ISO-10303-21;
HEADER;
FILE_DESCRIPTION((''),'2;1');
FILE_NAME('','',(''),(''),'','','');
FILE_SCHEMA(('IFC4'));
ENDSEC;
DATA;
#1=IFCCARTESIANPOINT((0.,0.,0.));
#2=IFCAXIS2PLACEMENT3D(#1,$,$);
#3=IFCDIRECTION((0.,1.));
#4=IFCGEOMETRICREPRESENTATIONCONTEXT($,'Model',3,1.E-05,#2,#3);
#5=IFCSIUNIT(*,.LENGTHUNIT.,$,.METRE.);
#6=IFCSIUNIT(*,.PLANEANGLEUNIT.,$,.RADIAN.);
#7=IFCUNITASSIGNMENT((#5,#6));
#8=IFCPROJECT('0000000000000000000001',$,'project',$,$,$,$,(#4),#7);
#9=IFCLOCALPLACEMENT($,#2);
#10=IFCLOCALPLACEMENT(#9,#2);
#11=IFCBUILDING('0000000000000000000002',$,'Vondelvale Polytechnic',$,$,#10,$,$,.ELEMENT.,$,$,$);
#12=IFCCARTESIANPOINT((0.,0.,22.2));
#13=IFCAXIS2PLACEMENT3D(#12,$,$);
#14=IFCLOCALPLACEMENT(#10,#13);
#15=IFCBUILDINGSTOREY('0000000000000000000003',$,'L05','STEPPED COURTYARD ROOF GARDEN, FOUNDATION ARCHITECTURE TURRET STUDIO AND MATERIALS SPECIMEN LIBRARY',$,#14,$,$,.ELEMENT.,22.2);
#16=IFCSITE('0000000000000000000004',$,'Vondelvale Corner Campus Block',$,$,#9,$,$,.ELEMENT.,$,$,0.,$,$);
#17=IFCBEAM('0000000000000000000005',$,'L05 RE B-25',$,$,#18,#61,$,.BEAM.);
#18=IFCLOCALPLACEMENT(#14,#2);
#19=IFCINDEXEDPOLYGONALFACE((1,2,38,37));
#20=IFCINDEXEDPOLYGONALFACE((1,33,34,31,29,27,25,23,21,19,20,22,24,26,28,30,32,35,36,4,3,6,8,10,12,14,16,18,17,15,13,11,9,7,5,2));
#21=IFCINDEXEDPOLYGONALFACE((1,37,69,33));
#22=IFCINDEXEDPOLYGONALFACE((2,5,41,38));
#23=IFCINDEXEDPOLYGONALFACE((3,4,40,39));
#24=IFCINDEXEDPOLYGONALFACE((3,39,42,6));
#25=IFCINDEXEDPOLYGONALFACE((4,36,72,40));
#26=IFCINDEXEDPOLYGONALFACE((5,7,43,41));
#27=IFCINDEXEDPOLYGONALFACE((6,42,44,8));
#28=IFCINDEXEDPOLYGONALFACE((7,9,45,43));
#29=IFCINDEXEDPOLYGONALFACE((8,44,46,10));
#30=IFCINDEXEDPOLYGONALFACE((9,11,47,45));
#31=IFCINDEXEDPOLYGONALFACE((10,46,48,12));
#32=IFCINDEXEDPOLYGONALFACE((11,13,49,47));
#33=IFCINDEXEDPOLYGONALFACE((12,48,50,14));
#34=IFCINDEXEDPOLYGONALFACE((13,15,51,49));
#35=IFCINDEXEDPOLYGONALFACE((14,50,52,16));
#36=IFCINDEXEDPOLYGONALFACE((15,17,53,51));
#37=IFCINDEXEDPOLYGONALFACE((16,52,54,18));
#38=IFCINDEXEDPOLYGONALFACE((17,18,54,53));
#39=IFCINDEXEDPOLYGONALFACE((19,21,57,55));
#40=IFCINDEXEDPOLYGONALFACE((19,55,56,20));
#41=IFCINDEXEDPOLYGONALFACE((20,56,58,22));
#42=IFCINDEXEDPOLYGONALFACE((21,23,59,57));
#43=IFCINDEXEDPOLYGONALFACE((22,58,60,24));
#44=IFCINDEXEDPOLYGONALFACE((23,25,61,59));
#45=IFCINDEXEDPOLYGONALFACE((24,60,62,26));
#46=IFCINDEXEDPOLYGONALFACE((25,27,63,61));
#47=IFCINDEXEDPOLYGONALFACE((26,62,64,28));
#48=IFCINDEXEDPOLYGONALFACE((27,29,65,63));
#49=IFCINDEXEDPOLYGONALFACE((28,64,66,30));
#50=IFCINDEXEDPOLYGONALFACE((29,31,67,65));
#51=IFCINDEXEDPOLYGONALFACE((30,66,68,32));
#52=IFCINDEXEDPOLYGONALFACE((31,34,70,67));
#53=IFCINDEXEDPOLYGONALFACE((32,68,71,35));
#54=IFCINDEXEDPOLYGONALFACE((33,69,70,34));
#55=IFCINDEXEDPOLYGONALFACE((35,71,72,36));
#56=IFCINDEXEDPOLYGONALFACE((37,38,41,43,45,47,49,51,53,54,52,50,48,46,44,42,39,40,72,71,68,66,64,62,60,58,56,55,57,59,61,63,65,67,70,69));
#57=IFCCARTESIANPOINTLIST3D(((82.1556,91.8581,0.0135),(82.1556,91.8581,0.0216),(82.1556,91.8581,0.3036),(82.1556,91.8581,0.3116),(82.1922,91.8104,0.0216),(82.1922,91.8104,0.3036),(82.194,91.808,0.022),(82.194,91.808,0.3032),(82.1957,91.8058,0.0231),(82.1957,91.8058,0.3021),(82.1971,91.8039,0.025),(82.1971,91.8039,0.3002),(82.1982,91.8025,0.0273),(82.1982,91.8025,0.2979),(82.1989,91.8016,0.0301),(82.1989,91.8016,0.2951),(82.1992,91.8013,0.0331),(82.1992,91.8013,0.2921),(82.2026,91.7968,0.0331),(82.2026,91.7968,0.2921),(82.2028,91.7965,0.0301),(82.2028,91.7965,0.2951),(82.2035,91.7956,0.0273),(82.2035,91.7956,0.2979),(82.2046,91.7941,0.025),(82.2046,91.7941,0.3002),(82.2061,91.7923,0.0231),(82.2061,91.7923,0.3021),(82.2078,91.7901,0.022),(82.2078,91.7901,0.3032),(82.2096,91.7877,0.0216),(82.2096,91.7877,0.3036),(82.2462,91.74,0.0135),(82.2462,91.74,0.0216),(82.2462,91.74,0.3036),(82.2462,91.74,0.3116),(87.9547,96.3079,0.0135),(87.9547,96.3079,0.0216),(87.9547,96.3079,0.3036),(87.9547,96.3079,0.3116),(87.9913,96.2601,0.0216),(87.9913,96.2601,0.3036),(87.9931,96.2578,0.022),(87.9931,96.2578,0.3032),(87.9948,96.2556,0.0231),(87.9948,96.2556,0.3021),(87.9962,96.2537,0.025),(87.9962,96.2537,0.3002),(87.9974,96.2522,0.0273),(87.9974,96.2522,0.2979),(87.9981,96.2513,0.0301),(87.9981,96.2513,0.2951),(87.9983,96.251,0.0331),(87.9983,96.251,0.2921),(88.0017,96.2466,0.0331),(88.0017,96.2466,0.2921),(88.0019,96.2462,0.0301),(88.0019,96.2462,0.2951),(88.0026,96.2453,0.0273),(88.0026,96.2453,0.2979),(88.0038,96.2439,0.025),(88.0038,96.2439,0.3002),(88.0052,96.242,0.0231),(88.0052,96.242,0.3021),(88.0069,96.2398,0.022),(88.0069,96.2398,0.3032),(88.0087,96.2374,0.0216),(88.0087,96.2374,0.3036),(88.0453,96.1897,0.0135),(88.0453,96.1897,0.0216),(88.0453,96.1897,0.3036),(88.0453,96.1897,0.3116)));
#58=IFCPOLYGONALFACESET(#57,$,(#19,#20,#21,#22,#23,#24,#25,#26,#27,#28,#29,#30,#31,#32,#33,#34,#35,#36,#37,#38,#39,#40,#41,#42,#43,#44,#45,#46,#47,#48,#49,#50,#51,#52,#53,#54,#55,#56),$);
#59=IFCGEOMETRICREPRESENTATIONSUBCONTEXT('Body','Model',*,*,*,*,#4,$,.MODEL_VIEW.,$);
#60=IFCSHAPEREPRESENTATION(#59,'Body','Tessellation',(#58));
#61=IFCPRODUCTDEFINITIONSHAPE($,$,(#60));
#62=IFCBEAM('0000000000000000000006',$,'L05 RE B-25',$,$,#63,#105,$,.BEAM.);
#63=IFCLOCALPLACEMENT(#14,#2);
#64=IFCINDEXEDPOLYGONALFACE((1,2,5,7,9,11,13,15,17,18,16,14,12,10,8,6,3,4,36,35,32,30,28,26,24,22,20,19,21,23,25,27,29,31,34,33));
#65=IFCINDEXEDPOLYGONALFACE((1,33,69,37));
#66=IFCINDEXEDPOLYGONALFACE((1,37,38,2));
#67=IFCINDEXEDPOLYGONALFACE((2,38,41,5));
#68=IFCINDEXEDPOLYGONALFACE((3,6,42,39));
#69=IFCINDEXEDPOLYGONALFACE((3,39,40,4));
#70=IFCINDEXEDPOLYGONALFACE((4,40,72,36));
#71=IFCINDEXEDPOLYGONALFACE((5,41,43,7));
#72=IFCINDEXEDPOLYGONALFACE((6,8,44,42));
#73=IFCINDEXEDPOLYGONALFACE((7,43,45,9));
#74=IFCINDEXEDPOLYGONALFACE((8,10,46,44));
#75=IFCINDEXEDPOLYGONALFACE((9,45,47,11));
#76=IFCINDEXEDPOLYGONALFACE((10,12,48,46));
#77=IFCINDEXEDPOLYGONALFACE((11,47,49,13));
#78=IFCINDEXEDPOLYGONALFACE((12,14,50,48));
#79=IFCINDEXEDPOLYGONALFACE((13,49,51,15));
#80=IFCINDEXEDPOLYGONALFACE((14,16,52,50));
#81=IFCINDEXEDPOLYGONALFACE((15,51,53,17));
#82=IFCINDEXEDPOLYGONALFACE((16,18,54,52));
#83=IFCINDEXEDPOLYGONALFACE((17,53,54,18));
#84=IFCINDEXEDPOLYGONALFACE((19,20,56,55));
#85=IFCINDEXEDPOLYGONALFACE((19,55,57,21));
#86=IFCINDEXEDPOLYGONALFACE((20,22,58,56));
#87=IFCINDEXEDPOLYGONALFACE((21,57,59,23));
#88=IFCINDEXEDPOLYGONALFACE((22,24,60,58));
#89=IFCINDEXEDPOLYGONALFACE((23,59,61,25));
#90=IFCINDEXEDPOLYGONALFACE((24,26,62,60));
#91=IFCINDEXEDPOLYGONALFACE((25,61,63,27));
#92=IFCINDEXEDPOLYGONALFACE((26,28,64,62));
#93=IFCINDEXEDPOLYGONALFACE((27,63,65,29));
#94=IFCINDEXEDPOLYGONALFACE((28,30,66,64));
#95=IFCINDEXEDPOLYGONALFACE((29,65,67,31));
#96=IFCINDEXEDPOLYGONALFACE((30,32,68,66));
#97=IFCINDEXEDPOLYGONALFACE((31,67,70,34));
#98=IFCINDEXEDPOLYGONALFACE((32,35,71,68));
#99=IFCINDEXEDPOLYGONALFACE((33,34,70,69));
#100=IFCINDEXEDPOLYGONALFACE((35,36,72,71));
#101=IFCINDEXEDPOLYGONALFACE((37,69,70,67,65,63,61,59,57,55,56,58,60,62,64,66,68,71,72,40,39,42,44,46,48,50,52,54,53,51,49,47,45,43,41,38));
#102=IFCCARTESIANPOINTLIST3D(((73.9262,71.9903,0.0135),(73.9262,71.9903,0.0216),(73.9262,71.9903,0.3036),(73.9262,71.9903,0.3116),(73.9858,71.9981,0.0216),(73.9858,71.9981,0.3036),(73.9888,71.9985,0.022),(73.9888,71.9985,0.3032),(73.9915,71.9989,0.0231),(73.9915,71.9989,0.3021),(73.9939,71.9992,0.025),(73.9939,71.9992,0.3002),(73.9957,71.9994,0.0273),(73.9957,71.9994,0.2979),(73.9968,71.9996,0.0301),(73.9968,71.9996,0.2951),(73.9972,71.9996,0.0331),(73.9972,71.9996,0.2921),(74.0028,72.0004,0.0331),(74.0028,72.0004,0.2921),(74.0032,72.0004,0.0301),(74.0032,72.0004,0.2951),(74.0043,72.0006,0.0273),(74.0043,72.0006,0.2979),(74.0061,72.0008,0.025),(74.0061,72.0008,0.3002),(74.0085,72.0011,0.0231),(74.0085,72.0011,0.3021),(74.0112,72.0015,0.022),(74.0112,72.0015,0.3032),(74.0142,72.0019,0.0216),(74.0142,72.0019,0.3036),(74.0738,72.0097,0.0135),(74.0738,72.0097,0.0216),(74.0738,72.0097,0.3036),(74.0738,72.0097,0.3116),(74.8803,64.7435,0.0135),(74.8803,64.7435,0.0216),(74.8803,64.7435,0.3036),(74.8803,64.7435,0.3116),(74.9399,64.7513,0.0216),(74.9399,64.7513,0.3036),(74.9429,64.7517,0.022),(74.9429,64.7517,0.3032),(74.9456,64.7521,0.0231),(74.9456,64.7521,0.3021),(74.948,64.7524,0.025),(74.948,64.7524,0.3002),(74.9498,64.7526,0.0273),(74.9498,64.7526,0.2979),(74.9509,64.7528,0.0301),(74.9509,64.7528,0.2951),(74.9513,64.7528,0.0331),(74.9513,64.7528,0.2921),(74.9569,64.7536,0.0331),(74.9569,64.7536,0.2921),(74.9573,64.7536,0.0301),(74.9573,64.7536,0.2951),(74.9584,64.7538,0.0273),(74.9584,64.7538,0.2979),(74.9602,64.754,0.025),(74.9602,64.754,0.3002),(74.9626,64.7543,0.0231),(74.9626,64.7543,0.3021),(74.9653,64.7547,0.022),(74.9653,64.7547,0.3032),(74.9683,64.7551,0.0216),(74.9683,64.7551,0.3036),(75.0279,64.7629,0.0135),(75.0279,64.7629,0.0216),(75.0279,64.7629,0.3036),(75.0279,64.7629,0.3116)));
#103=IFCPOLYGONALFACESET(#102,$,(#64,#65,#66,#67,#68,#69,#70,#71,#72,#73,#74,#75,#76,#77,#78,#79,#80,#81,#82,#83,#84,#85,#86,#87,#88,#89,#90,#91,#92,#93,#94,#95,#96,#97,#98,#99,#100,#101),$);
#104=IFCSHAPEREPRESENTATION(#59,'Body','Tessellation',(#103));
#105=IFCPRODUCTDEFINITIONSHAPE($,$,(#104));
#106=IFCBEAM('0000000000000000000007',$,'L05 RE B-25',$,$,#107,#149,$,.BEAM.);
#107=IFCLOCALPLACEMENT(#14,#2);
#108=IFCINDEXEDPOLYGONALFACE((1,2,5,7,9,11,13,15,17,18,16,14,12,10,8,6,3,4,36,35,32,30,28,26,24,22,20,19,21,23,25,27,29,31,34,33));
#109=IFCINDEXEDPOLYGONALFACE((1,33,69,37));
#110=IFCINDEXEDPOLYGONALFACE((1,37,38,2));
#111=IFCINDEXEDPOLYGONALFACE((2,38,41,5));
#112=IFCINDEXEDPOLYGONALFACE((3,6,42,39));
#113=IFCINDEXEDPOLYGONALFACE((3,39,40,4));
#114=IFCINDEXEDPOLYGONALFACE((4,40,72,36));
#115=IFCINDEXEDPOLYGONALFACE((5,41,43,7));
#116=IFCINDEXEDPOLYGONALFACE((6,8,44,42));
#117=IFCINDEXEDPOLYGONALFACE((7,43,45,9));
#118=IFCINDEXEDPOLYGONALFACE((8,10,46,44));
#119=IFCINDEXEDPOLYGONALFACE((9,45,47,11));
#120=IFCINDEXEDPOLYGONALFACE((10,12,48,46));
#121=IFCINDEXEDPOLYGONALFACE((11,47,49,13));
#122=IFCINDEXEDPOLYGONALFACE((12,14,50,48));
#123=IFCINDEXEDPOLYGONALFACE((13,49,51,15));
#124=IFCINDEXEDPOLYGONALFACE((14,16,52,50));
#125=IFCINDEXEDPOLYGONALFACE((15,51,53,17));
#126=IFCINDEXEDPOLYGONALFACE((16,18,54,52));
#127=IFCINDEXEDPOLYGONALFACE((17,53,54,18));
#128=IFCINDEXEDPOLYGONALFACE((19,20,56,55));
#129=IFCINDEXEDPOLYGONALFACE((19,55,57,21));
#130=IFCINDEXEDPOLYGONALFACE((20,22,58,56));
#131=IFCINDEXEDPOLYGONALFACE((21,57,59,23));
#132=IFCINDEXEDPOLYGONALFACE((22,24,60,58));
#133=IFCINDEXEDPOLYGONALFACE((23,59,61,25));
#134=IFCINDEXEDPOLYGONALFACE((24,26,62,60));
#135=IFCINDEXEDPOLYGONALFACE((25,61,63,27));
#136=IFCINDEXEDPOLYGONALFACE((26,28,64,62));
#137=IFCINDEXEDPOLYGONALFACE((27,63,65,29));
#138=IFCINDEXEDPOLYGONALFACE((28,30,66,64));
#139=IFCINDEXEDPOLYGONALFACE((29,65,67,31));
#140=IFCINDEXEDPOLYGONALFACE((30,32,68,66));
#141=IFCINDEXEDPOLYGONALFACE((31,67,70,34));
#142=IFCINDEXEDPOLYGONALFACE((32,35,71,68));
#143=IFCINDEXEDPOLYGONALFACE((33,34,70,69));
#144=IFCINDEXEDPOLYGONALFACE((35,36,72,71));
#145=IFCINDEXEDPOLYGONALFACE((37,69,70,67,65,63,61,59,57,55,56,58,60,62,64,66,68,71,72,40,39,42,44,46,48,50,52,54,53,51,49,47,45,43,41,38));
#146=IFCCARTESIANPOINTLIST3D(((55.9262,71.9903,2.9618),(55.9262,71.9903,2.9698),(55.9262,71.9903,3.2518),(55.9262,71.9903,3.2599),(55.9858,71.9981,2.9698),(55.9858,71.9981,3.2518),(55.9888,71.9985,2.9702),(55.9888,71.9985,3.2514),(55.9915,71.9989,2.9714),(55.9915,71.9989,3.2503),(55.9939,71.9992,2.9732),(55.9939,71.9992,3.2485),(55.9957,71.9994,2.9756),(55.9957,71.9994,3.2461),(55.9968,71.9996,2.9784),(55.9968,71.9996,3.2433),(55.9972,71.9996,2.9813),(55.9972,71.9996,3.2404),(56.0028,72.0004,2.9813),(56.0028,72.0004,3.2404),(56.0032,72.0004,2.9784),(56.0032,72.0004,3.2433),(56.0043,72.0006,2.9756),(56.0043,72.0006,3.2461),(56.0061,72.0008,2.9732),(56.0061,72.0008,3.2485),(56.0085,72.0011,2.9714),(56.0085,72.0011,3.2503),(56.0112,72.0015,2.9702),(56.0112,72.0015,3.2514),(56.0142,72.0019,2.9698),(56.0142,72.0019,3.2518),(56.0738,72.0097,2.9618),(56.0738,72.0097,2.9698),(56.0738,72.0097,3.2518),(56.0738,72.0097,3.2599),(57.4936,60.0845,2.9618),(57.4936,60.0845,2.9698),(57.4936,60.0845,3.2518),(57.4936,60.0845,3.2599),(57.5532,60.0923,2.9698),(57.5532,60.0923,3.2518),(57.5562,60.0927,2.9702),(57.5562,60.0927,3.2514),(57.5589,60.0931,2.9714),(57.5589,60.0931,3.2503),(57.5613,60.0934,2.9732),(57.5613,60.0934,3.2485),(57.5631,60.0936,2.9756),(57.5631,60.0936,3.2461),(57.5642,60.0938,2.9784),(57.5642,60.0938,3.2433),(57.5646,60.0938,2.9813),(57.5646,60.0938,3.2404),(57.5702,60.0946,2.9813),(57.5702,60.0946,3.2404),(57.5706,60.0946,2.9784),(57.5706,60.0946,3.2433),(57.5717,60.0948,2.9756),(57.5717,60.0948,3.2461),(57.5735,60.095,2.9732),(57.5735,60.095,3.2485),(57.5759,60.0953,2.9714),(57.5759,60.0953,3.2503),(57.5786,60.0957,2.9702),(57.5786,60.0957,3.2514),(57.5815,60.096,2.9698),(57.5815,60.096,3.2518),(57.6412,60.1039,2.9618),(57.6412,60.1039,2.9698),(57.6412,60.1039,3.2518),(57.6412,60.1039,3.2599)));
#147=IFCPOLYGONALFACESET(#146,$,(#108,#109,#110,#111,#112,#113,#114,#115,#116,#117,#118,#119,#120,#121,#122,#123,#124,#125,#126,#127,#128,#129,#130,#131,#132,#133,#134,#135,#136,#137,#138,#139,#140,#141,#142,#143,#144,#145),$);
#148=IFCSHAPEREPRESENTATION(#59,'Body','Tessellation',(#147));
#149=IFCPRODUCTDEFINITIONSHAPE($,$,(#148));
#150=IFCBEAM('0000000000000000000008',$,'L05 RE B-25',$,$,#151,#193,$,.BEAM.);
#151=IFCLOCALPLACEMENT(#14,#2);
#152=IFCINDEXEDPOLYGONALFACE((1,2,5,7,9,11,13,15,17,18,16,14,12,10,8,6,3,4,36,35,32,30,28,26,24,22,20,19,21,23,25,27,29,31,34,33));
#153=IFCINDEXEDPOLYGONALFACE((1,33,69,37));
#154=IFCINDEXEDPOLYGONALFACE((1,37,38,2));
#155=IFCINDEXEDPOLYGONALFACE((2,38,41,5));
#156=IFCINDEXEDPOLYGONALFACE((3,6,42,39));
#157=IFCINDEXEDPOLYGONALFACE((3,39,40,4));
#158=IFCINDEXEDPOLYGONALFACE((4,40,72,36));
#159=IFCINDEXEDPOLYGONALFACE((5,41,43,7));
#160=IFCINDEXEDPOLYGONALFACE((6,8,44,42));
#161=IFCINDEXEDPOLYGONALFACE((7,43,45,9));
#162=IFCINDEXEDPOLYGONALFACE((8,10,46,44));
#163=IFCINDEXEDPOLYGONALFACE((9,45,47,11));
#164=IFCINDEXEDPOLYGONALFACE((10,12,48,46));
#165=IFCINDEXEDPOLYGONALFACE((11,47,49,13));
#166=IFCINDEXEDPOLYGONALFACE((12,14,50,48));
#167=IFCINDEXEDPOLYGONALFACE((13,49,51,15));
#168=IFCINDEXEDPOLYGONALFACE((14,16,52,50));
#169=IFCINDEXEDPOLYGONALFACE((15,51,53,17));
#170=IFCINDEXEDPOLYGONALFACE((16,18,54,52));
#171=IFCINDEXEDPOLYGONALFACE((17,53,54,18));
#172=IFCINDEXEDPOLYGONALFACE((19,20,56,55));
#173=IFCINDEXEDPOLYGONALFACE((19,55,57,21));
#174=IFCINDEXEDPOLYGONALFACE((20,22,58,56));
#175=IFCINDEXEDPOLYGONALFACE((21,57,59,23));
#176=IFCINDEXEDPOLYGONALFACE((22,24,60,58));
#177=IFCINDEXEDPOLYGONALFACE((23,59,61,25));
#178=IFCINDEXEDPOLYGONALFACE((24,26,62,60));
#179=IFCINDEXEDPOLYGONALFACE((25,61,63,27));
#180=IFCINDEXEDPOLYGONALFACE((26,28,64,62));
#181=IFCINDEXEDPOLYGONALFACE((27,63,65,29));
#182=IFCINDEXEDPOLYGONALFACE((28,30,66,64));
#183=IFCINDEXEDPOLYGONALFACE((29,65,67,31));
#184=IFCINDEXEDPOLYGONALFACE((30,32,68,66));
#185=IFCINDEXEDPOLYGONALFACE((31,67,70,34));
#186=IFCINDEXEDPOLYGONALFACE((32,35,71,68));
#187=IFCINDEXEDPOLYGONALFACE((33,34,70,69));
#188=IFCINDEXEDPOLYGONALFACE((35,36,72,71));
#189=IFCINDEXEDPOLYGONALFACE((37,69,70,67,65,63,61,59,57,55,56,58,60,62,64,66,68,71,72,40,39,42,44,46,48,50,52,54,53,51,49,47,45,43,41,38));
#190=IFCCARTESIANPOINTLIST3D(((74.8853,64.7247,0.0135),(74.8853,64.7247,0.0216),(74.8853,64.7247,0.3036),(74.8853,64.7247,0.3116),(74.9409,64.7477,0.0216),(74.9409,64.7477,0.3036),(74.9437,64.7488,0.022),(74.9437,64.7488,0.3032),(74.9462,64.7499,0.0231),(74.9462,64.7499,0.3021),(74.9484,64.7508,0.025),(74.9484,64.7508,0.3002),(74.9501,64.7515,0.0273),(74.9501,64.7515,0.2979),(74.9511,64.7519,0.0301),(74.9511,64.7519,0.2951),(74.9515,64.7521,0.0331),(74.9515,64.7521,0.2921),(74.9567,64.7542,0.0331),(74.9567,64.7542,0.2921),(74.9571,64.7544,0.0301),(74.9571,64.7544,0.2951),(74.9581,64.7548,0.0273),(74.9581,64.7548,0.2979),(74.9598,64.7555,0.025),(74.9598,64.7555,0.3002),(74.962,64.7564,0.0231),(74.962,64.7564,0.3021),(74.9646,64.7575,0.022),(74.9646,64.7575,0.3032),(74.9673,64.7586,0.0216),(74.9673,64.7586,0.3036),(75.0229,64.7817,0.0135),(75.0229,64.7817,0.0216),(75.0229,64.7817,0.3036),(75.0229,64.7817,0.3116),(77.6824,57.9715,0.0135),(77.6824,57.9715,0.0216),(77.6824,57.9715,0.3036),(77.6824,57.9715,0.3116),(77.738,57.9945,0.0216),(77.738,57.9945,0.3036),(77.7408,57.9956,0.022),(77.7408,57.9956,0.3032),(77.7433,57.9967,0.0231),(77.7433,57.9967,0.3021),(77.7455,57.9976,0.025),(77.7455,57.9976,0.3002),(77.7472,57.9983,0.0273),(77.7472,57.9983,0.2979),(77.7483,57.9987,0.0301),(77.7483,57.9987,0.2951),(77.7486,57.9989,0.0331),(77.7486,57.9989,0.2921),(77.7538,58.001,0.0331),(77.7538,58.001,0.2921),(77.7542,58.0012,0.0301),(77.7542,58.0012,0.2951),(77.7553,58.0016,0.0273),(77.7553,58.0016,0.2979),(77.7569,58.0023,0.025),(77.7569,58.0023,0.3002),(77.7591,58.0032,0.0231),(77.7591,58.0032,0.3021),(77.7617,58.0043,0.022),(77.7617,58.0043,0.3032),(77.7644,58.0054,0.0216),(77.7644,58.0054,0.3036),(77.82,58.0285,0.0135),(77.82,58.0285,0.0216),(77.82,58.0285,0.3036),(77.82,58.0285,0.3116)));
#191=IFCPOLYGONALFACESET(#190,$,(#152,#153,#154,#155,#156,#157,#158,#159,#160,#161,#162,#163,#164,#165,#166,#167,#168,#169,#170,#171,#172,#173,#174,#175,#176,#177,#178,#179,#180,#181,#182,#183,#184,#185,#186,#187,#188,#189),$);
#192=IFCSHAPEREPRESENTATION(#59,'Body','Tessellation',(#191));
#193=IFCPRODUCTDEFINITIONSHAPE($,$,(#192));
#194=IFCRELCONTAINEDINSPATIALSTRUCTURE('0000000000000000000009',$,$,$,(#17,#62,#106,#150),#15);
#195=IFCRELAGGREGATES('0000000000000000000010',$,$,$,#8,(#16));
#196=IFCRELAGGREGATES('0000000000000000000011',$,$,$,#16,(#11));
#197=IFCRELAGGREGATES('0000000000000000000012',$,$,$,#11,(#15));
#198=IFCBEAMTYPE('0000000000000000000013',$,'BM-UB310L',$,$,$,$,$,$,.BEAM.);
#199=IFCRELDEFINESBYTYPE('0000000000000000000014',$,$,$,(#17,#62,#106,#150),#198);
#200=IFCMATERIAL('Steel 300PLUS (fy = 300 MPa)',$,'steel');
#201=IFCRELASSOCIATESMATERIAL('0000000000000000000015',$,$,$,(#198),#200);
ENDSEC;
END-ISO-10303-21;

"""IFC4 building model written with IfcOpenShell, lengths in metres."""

from ifc_helpers import new_model, si_unit, direction, frame, origin, origin_2d, place, context, subcontext, project, spatial, i_section, extrude, material, material_profile, profile_set, type_object, element, save


model = new_model("IFC4")

# Units and contexts
model_context = context("Model", 3, precision=1e-05, world=origin(), true_north=direction((0.0, 1.0)))
body_context = subcontext(model_context, "Body", "Model", "MODEL_VIEW")
ifc_project = project(units=[si_unit("LENGTHUNIT", "METRE"), si_unit("PLANEANGLEUNIT", "RADIAN")], contexts=[model_context])

# Site, building, storey
site_placement = place(None, origin())
site = spatial("IfcSite", under=ifc_project, at=site_placement, Name="Vondelvale Corner Campus Block", CompositionType="ELEMENT", RefElevation=0.0)
building_placement = place(site_placement, origin())
building = spatial("IfcBuilding", under=site, at=building_placement, Name="Vondelvale Polytechnic", CompositionType="ELEMENT")
storey_placement = place(building_placement, frame((0.0, 0.0, 22.2)))
storey = spatial("IfcBuildingStorey", under=building, at=storey_placement, Name="L05", Description="STEPPED COURTYARD ROOF GARDEN, FOUNDATION ARCHITECTURE TURRET STUDIO AND MATERIALS SPECIMEN LIBRARY", CompositionType="ELEMENT", Elevation=22.2)

# Beams
ifc_material_1 = material(Name="Steel 300PLUS (fy = 300 MPa)", Category="steel")
ifc_material_profile_1 = material_profile(ifc_material_1, i_section(OverallWidth=0.1489, OverallDepth=0.2981, WebThickness=0.0056, FlangeThickness=0.0081, FilletRadius=0.0115, at=origin_2d()), Name="310UB32.0")
ifc_profile_set_1 = profile_set([ifc_material_profile_1], Name="Steel 300PLUS (fy = 300 MPa)")
beam_type = type_object("IfcBeamType", Name="BM-UB310L", PredefinedType="BEAM", material=ifc_profile_set_1)
beam_1_placement = place(storey_placement, frame((88.0, 96.2488, 0.1626), z_axis=(-0.793358, -0.608755, 0.0), x_axis=(0.608755, -0.793358, 0.0)))
element("IfcBeam", 1, at=beam_1_placement, inside=storey, type_object=beam_type, Name="L05 RE B-25", PredefinedType="BEAM", context=body_context, shape_type="SweptSolid", body=[
    extrude(i_section(OverallWidth=0.1489, OverallDepth=0.2981, WebThickness=0.0056, FlangeThickness=0.0081, FilletRadius=0.0115, at=origin_2d()), origin(), (0.0, 0.0, 1.0), 7.3096),
])
beam_2_placement = place(storey_placement, frame((74.0, 72.0, 0.1626), z_axis=(0.130531, -0.991444, 0.0), x_axis=(0.991444, 0.130531, 0.0)))
element("IfcBeam", 2, at=beam_2_placement, inside=storey, type_object=beam_type, Name="L05 RE B-25", PredefinedType="BEAM", context=body_context, shape_type="SweptSolid", body=[
    extrude(i_section(OverallWidth=0.1489, OverallDepth=0.2981, WebThickness=0.0056, FlangeThickness=0.0081, FilletRadius=0.0115, at=origin_2d()), origin(), (0.0, 0.0, 1.0), 7.3093),
])
beam_3_placement = place(storey_placement, frame((56.0, 72.0, 3.1108), z_axis=(0.130523, -0.991445, 0.0), x_axis=(0.991445, 0.130523, 0.0)))
element("IfcBeam", 3, at=beam_3_placement, inside=storey, type_object=beam_type, Name="L05 RE B-25", PredefinedType="BEAM", context=body_context, shape_type="SweptSolid", body=[
    extrude(i_section(OverallWidth=0.1489, OverallDepth=0.2981, WebThickness=0.0056, FlangeThickness=0.0081, FilletRadius=0.0115, at=origin_2d()), origin(), (0.0, 0.0, 1.0), 12.0085),
])
beam_4_placement = place(storey_placement, frame((74.9541, 64.7532, 0.1626), z_axis=(0.382667, -0.923886, 0.0), x_axis=(0.923886, 0.382667, 0.0)))
element("IfcBeam", 4, at=beam_4_placement, inside=storey, type_object=beam_type, Name="L05 RE B-25", PredefinedType="BEAM", context=body_context, shape_type="SweptSolid", body=[
    extrude(i_section(OverallWidth=0.1489, OverallDepth=0.2981, WebThickness=0.0056, FlangeThickness=0.0081, FilletRadius=0.0115, at=origin_2d()), origin(), (0.0, 0.0, 1.0), 7.3096),
])

save(model, "model.ifc")
